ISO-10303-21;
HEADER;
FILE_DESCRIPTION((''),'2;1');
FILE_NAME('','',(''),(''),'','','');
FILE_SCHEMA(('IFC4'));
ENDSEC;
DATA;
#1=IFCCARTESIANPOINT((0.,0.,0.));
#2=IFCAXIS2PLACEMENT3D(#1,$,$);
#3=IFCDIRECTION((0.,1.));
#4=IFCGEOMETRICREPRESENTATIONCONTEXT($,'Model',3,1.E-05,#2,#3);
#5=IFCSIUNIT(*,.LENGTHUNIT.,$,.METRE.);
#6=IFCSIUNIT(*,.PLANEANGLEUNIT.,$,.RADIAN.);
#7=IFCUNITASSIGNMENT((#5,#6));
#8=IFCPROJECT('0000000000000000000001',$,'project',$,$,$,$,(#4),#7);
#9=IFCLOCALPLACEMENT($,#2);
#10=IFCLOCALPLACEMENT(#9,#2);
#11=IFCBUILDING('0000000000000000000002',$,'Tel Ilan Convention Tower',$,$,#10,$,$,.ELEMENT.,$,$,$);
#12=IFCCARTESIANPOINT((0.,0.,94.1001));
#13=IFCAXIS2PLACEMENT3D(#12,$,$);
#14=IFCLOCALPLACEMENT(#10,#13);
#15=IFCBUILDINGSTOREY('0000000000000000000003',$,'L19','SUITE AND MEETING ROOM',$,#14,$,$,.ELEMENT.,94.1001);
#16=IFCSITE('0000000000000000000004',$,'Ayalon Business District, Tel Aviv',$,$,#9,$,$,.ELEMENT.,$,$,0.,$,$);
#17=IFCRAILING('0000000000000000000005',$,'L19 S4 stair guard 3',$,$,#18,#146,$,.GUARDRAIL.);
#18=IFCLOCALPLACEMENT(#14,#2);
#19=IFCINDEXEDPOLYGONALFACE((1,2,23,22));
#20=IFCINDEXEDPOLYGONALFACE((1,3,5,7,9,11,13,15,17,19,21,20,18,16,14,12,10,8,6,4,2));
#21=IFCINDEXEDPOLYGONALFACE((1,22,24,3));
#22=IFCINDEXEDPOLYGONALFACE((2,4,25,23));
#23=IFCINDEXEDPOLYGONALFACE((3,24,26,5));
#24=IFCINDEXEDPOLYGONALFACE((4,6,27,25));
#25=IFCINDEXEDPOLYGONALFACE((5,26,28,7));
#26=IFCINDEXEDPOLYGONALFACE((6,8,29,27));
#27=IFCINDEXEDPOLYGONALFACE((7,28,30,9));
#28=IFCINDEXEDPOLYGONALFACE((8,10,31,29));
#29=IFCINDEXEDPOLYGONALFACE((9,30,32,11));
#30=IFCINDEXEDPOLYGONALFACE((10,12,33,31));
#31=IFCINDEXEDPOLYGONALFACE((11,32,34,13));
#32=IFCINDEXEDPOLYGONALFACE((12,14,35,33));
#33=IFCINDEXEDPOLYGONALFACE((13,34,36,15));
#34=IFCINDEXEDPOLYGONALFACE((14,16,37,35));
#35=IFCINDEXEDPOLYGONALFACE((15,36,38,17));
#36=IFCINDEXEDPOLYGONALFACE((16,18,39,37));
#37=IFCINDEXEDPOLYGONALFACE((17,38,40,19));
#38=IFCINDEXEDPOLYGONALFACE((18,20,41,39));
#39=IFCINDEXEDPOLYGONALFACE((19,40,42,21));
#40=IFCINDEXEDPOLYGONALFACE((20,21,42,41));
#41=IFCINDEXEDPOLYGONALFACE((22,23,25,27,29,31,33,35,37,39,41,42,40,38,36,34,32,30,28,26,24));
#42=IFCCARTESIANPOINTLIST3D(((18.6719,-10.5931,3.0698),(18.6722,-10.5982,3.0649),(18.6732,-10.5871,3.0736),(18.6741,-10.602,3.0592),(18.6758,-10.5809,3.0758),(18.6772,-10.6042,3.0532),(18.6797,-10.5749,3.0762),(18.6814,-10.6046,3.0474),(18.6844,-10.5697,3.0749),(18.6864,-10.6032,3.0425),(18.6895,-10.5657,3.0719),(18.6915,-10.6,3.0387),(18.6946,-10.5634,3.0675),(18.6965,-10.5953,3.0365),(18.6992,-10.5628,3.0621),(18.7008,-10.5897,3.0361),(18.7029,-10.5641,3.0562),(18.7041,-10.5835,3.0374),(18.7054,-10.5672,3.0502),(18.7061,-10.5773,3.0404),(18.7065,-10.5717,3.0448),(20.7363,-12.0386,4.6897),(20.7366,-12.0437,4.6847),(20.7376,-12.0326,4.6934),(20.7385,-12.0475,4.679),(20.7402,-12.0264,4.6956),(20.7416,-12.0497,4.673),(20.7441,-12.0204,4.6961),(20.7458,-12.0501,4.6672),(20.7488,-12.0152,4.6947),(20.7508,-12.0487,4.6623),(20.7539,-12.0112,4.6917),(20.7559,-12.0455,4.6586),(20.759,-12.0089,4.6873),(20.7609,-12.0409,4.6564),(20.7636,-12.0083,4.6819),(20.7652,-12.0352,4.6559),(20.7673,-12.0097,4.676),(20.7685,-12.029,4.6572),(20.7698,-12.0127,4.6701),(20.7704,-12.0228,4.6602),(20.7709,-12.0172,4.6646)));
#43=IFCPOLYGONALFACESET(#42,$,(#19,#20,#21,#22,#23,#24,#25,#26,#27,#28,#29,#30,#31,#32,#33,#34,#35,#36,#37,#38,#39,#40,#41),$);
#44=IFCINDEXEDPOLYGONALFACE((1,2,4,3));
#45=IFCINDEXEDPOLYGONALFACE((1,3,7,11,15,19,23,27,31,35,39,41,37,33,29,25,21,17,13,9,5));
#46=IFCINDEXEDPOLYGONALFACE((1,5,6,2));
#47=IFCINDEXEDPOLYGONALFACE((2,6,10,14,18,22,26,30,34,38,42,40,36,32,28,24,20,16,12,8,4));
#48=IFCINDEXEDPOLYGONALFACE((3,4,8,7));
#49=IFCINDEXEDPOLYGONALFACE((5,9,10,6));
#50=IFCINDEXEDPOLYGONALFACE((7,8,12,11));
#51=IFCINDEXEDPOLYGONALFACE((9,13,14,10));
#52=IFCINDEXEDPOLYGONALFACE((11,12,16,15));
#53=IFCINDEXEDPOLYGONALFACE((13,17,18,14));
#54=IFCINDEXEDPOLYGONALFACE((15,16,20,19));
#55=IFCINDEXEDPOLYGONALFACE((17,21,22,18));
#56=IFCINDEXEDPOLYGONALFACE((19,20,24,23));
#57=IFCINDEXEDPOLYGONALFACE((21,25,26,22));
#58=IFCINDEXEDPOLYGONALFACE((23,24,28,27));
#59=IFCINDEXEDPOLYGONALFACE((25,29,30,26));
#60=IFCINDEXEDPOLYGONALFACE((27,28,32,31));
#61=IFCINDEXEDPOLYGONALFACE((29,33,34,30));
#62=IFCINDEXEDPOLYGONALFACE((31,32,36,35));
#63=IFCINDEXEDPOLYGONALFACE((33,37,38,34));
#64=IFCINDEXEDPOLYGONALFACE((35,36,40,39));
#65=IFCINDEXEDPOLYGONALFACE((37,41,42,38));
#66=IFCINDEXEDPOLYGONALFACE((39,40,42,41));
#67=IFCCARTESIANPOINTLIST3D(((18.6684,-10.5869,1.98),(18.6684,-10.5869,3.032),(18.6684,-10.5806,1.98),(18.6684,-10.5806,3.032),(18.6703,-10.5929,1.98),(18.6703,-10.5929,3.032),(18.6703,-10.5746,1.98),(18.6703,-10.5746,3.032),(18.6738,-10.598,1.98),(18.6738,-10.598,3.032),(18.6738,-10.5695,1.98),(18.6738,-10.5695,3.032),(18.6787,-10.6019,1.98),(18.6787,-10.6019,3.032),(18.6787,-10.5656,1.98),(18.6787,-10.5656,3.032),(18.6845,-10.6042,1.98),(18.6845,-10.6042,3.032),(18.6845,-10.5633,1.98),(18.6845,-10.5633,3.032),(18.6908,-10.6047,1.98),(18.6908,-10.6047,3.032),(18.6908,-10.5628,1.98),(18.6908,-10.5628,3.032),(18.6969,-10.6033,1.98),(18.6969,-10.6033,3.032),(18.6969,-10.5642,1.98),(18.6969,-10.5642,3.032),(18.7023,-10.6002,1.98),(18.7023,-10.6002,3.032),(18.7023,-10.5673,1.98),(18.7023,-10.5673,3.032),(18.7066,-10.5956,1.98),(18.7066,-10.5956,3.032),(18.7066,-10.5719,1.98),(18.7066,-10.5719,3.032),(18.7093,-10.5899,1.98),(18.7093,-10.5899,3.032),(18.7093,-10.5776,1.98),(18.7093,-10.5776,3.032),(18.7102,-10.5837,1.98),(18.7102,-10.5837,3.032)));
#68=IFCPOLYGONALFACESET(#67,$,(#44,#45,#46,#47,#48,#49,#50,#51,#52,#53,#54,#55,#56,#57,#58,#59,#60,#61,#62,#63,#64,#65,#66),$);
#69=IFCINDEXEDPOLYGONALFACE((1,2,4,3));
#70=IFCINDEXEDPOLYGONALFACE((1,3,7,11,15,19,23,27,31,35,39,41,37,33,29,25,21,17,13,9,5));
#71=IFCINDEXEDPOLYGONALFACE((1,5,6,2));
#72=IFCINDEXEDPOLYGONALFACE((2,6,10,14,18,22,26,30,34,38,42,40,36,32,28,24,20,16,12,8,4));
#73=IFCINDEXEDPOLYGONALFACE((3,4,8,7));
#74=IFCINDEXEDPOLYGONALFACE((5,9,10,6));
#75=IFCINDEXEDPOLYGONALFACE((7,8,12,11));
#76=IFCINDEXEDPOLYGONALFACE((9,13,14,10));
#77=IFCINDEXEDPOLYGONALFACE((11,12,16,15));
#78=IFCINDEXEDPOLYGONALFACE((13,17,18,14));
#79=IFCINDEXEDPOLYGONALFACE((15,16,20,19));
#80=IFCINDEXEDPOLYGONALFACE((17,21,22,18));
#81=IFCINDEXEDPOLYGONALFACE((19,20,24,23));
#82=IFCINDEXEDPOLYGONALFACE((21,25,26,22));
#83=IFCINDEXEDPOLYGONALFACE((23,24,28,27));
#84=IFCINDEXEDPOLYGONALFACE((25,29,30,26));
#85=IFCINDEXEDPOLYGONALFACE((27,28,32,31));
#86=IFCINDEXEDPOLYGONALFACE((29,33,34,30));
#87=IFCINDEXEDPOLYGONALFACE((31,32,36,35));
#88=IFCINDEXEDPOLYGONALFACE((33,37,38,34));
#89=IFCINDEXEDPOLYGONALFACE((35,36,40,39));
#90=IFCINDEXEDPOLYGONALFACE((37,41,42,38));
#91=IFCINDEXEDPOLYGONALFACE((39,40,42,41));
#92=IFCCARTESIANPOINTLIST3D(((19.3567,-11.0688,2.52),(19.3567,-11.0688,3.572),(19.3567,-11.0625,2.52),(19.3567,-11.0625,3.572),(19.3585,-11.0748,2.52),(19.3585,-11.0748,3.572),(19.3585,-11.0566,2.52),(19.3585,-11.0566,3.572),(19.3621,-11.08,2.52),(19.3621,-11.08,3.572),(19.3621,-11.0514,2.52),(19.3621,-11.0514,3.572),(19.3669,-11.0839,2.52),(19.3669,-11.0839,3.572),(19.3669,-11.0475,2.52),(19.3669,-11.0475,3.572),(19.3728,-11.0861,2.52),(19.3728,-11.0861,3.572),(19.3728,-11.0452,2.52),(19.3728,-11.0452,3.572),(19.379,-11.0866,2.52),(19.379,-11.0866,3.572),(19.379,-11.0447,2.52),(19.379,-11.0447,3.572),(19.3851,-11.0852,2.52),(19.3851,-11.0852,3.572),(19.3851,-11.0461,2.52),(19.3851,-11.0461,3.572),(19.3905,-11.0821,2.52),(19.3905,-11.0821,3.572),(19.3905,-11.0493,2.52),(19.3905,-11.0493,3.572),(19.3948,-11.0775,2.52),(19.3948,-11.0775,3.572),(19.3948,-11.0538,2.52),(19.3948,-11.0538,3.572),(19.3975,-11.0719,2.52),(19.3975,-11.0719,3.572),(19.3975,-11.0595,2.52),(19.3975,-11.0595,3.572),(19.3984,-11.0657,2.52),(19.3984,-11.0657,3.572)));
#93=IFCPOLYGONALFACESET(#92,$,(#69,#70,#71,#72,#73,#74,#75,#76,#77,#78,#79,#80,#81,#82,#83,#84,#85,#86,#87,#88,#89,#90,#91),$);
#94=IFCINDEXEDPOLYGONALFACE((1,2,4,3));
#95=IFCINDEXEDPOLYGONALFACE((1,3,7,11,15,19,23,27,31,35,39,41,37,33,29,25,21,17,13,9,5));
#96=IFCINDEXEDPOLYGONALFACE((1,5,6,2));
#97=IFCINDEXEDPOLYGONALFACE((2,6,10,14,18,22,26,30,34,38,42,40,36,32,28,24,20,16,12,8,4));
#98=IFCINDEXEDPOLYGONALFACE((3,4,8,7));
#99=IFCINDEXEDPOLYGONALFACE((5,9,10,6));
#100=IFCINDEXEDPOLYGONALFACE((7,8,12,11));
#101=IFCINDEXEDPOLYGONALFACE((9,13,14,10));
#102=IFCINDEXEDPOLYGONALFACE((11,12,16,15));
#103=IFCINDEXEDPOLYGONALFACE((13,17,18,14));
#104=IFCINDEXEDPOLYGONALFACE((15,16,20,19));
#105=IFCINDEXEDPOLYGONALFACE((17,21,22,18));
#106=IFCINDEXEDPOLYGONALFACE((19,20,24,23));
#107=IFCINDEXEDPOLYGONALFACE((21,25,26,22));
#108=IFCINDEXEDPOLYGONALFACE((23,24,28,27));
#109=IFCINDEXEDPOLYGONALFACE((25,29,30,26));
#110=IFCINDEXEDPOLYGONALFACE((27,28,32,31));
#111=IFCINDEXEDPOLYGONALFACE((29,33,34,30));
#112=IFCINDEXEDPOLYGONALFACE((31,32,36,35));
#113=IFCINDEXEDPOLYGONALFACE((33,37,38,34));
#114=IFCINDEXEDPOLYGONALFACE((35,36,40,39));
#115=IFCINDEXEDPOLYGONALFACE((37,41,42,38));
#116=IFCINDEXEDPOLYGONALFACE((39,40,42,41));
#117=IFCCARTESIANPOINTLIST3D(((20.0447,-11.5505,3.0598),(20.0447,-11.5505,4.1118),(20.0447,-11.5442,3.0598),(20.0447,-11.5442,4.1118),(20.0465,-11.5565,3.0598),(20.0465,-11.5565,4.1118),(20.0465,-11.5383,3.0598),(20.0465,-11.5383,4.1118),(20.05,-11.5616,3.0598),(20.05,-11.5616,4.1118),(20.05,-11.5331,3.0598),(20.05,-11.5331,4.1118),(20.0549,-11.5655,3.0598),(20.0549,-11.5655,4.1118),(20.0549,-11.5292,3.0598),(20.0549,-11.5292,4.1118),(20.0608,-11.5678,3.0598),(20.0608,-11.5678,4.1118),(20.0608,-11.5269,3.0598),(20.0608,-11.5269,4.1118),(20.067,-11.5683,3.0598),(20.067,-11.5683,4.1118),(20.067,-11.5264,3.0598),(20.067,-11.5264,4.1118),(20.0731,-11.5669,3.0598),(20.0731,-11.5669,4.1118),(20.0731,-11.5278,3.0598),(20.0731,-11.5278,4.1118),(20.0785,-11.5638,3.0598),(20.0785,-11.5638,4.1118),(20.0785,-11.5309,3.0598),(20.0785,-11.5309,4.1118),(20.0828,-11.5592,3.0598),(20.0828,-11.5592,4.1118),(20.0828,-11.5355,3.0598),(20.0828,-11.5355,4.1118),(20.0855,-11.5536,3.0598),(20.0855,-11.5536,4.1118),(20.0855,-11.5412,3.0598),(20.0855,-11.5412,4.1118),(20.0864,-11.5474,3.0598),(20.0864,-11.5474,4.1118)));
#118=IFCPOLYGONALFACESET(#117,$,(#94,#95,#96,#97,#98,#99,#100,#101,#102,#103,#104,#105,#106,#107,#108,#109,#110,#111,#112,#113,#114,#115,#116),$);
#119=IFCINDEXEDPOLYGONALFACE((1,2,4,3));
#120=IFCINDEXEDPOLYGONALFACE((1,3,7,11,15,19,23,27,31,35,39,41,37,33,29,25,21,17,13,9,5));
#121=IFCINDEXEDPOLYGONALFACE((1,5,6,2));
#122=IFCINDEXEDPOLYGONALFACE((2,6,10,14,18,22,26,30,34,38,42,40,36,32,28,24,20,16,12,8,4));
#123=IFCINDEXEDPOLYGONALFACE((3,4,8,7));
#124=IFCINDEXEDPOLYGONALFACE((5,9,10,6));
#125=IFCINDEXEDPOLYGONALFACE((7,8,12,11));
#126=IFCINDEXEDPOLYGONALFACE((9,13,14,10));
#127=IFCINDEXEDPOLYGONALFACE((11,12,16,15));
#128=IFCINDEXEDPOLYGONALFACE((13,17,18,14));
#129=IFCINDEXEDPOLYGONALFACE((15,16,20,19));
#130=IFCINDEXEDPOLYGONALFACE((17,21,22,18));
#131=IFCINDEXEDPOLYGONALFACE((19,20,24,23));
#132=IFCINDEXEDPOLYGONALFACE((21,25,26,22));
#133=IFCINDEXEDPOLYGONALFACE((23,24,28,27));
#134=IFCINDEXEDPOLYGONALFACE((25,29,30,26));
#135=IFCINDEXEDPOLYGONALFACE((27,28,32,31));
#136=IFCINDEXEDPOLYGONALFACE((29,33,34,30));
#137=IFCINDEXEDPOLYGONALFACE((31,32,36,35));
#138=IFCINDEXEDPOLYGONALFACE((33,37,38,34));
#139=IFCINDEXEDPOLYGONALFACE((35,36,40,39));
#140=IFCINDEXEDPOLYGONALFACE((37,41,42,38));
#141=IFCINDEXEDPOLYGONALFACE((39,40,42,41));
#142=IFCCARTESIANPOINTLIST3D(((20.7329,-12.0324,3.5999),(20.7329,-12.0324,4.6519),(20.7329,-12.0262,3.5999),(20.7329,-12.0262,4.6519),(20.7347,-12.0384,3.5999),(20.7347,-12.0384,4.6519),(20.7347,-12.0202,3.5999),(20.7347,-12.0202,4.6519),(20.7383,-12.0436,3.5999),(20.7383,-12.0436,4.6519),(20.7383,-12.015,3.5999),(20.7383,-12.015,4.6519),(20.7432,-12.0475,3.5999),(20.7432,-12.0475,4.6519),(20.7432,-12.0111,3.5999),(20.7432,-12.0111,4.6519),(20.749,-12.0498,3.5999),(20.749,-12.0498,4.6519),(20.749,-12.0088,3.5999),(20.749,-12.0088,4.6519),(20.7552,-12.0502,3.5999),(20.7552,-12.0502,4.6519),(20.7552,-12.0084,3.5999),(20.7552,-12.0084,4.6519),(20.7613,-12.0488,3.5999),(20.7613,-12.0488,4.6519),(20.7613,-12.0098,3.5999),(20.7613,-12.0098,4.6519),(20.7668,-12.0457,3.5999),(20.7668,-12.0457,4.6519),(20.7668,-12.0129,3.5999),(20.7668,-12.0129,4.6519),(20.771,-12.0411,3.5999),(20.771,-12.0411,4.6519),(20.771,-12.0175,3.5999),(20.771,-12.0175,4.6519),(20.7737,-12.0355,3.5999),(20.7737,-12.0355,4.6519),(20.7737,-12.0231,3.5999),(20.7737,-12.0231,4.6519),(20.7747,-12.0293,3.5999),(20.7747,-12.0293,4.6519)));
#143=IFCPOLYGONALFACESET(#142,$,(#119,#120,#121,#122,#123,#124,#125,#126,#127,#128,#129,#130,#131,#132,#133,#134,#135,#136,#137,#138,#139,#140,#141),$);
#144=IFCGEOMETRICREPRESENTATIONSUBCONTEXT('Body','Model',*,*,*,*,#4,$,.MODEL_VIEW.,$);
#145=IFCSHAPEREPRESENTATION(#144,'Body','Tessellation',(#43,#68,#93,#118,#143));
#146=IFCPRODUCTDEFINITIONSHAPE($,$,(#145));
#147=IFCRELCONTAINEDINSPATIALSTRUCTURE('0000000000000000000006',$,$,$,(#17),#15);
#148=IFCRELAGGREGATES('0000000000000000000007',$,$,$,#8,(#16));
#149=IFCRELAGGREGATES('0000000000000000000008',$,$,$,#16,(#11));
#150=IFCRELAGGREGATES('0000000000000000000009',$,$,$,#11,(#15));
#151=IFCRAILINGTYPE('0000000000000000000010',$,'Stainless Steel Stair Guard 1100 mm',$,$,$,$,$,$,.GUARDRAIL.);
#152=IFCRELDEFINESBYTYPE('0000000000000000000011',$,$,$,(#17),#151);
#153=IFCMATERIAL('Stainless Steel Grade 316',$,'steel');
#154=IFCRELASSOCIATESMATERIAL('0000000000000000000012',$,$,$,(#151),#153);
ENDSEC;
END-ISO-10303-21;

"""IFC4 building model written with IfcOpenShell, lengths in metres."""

from ifc_helpers import new_model, si_unit, direction, frame, origin, origin_2d, place, context, subcontext, project, spatial, circle, extrude, material, type_object, element, save


model = new_model("IFC4")

# Units and contexts
model_context = context("Model", 3, precision=1e-05, world=origin(), true_north=direction((0.0, 1.0)))
body_context = subcontext(model_context, "Body", "Model", "MODEL_VIEW")
ifc_project = project(units=[si_unit("LENGTHUNIT", "METRE"), si_unit("PLANEANGLEUNIT", "RADIAN")], contexts=[model_context])

# Site, building, storey
site_placement = place(None, origin())
site = spatial("IfcSite", under=ifc_project, at=site_placement, Name="Ayalon Business District, Tel Aviv", CompositionType="ELEMENT", RefElevation=0.0)
building_placement = place(site_placement, origin())
building = spatial("IfcBuilding", under=site, at=building_placement, Name="Tel Ilan Convention Tower", CompositionType="ELEMENT")
storey_placement = place(building_placement, frame((0.0, 0.0, 94.1001)))
storey = spatial("IfcBuildingStorey", under=building, at=storey_placement, Name="L19", Description="SUITE AND MEETING ROOM", CompositionType="ELEMENT", Elevation=94.1001)

# Railing
ifc_material_1 = material(Name="Stainless Steel Grade 316", Category="steel")
railing_type_1 = type_object("IfcRailingType", Name="Stainless Steel Stair Guard 1100 mm", PredefinedType="GUARDRAIL", material=ifc_material_1)
railing_1_placement = place(storey_placement, frame((18.6892, -10.5837, 1.98)))
element("IfcRailing", 1, at=railing_1_placement, inside=storey, type_object=railing_type_1, Name="L19 S4 stair guard 3", PredefinedType="GUARDRAIL", context=body_context, shape_type="SweptSolid", body=[
    extrude(circle(Radius=0.0239, at=origin_2d()), frame((0.0, 0.0, 1.0762), z_axis=(0.689086, -0.482507, 0.540691), x_axis=(0.573579, 0.81915, 0.0)), (0.0, 0.0, 1.0), 2.9958),
    extrude(circle(Radius=0.021, at=origin_2d()), origin(), (0.0, 0.0, 1.0), 1.052),
    extrude(circle(Radius=0.021, at=origin_2d()), frame((0.6882, -0.4819, 0.54)), (0.0, 0.0, 1.0), 1.052),
    extrude(circle(Radius=0.021, at=origin_2d()), frame((1.3762, -0.9636, 1.0798)), (0.0, 0.0, 1.0), 1.052),
    extrude(circle(Radius=0.021, at=origin_2d()), frame((2.0645, -1.4456, 1.6199)), (0.0, 0.0, 1.0), 1.052),
])

save(model, "model.ifc")
